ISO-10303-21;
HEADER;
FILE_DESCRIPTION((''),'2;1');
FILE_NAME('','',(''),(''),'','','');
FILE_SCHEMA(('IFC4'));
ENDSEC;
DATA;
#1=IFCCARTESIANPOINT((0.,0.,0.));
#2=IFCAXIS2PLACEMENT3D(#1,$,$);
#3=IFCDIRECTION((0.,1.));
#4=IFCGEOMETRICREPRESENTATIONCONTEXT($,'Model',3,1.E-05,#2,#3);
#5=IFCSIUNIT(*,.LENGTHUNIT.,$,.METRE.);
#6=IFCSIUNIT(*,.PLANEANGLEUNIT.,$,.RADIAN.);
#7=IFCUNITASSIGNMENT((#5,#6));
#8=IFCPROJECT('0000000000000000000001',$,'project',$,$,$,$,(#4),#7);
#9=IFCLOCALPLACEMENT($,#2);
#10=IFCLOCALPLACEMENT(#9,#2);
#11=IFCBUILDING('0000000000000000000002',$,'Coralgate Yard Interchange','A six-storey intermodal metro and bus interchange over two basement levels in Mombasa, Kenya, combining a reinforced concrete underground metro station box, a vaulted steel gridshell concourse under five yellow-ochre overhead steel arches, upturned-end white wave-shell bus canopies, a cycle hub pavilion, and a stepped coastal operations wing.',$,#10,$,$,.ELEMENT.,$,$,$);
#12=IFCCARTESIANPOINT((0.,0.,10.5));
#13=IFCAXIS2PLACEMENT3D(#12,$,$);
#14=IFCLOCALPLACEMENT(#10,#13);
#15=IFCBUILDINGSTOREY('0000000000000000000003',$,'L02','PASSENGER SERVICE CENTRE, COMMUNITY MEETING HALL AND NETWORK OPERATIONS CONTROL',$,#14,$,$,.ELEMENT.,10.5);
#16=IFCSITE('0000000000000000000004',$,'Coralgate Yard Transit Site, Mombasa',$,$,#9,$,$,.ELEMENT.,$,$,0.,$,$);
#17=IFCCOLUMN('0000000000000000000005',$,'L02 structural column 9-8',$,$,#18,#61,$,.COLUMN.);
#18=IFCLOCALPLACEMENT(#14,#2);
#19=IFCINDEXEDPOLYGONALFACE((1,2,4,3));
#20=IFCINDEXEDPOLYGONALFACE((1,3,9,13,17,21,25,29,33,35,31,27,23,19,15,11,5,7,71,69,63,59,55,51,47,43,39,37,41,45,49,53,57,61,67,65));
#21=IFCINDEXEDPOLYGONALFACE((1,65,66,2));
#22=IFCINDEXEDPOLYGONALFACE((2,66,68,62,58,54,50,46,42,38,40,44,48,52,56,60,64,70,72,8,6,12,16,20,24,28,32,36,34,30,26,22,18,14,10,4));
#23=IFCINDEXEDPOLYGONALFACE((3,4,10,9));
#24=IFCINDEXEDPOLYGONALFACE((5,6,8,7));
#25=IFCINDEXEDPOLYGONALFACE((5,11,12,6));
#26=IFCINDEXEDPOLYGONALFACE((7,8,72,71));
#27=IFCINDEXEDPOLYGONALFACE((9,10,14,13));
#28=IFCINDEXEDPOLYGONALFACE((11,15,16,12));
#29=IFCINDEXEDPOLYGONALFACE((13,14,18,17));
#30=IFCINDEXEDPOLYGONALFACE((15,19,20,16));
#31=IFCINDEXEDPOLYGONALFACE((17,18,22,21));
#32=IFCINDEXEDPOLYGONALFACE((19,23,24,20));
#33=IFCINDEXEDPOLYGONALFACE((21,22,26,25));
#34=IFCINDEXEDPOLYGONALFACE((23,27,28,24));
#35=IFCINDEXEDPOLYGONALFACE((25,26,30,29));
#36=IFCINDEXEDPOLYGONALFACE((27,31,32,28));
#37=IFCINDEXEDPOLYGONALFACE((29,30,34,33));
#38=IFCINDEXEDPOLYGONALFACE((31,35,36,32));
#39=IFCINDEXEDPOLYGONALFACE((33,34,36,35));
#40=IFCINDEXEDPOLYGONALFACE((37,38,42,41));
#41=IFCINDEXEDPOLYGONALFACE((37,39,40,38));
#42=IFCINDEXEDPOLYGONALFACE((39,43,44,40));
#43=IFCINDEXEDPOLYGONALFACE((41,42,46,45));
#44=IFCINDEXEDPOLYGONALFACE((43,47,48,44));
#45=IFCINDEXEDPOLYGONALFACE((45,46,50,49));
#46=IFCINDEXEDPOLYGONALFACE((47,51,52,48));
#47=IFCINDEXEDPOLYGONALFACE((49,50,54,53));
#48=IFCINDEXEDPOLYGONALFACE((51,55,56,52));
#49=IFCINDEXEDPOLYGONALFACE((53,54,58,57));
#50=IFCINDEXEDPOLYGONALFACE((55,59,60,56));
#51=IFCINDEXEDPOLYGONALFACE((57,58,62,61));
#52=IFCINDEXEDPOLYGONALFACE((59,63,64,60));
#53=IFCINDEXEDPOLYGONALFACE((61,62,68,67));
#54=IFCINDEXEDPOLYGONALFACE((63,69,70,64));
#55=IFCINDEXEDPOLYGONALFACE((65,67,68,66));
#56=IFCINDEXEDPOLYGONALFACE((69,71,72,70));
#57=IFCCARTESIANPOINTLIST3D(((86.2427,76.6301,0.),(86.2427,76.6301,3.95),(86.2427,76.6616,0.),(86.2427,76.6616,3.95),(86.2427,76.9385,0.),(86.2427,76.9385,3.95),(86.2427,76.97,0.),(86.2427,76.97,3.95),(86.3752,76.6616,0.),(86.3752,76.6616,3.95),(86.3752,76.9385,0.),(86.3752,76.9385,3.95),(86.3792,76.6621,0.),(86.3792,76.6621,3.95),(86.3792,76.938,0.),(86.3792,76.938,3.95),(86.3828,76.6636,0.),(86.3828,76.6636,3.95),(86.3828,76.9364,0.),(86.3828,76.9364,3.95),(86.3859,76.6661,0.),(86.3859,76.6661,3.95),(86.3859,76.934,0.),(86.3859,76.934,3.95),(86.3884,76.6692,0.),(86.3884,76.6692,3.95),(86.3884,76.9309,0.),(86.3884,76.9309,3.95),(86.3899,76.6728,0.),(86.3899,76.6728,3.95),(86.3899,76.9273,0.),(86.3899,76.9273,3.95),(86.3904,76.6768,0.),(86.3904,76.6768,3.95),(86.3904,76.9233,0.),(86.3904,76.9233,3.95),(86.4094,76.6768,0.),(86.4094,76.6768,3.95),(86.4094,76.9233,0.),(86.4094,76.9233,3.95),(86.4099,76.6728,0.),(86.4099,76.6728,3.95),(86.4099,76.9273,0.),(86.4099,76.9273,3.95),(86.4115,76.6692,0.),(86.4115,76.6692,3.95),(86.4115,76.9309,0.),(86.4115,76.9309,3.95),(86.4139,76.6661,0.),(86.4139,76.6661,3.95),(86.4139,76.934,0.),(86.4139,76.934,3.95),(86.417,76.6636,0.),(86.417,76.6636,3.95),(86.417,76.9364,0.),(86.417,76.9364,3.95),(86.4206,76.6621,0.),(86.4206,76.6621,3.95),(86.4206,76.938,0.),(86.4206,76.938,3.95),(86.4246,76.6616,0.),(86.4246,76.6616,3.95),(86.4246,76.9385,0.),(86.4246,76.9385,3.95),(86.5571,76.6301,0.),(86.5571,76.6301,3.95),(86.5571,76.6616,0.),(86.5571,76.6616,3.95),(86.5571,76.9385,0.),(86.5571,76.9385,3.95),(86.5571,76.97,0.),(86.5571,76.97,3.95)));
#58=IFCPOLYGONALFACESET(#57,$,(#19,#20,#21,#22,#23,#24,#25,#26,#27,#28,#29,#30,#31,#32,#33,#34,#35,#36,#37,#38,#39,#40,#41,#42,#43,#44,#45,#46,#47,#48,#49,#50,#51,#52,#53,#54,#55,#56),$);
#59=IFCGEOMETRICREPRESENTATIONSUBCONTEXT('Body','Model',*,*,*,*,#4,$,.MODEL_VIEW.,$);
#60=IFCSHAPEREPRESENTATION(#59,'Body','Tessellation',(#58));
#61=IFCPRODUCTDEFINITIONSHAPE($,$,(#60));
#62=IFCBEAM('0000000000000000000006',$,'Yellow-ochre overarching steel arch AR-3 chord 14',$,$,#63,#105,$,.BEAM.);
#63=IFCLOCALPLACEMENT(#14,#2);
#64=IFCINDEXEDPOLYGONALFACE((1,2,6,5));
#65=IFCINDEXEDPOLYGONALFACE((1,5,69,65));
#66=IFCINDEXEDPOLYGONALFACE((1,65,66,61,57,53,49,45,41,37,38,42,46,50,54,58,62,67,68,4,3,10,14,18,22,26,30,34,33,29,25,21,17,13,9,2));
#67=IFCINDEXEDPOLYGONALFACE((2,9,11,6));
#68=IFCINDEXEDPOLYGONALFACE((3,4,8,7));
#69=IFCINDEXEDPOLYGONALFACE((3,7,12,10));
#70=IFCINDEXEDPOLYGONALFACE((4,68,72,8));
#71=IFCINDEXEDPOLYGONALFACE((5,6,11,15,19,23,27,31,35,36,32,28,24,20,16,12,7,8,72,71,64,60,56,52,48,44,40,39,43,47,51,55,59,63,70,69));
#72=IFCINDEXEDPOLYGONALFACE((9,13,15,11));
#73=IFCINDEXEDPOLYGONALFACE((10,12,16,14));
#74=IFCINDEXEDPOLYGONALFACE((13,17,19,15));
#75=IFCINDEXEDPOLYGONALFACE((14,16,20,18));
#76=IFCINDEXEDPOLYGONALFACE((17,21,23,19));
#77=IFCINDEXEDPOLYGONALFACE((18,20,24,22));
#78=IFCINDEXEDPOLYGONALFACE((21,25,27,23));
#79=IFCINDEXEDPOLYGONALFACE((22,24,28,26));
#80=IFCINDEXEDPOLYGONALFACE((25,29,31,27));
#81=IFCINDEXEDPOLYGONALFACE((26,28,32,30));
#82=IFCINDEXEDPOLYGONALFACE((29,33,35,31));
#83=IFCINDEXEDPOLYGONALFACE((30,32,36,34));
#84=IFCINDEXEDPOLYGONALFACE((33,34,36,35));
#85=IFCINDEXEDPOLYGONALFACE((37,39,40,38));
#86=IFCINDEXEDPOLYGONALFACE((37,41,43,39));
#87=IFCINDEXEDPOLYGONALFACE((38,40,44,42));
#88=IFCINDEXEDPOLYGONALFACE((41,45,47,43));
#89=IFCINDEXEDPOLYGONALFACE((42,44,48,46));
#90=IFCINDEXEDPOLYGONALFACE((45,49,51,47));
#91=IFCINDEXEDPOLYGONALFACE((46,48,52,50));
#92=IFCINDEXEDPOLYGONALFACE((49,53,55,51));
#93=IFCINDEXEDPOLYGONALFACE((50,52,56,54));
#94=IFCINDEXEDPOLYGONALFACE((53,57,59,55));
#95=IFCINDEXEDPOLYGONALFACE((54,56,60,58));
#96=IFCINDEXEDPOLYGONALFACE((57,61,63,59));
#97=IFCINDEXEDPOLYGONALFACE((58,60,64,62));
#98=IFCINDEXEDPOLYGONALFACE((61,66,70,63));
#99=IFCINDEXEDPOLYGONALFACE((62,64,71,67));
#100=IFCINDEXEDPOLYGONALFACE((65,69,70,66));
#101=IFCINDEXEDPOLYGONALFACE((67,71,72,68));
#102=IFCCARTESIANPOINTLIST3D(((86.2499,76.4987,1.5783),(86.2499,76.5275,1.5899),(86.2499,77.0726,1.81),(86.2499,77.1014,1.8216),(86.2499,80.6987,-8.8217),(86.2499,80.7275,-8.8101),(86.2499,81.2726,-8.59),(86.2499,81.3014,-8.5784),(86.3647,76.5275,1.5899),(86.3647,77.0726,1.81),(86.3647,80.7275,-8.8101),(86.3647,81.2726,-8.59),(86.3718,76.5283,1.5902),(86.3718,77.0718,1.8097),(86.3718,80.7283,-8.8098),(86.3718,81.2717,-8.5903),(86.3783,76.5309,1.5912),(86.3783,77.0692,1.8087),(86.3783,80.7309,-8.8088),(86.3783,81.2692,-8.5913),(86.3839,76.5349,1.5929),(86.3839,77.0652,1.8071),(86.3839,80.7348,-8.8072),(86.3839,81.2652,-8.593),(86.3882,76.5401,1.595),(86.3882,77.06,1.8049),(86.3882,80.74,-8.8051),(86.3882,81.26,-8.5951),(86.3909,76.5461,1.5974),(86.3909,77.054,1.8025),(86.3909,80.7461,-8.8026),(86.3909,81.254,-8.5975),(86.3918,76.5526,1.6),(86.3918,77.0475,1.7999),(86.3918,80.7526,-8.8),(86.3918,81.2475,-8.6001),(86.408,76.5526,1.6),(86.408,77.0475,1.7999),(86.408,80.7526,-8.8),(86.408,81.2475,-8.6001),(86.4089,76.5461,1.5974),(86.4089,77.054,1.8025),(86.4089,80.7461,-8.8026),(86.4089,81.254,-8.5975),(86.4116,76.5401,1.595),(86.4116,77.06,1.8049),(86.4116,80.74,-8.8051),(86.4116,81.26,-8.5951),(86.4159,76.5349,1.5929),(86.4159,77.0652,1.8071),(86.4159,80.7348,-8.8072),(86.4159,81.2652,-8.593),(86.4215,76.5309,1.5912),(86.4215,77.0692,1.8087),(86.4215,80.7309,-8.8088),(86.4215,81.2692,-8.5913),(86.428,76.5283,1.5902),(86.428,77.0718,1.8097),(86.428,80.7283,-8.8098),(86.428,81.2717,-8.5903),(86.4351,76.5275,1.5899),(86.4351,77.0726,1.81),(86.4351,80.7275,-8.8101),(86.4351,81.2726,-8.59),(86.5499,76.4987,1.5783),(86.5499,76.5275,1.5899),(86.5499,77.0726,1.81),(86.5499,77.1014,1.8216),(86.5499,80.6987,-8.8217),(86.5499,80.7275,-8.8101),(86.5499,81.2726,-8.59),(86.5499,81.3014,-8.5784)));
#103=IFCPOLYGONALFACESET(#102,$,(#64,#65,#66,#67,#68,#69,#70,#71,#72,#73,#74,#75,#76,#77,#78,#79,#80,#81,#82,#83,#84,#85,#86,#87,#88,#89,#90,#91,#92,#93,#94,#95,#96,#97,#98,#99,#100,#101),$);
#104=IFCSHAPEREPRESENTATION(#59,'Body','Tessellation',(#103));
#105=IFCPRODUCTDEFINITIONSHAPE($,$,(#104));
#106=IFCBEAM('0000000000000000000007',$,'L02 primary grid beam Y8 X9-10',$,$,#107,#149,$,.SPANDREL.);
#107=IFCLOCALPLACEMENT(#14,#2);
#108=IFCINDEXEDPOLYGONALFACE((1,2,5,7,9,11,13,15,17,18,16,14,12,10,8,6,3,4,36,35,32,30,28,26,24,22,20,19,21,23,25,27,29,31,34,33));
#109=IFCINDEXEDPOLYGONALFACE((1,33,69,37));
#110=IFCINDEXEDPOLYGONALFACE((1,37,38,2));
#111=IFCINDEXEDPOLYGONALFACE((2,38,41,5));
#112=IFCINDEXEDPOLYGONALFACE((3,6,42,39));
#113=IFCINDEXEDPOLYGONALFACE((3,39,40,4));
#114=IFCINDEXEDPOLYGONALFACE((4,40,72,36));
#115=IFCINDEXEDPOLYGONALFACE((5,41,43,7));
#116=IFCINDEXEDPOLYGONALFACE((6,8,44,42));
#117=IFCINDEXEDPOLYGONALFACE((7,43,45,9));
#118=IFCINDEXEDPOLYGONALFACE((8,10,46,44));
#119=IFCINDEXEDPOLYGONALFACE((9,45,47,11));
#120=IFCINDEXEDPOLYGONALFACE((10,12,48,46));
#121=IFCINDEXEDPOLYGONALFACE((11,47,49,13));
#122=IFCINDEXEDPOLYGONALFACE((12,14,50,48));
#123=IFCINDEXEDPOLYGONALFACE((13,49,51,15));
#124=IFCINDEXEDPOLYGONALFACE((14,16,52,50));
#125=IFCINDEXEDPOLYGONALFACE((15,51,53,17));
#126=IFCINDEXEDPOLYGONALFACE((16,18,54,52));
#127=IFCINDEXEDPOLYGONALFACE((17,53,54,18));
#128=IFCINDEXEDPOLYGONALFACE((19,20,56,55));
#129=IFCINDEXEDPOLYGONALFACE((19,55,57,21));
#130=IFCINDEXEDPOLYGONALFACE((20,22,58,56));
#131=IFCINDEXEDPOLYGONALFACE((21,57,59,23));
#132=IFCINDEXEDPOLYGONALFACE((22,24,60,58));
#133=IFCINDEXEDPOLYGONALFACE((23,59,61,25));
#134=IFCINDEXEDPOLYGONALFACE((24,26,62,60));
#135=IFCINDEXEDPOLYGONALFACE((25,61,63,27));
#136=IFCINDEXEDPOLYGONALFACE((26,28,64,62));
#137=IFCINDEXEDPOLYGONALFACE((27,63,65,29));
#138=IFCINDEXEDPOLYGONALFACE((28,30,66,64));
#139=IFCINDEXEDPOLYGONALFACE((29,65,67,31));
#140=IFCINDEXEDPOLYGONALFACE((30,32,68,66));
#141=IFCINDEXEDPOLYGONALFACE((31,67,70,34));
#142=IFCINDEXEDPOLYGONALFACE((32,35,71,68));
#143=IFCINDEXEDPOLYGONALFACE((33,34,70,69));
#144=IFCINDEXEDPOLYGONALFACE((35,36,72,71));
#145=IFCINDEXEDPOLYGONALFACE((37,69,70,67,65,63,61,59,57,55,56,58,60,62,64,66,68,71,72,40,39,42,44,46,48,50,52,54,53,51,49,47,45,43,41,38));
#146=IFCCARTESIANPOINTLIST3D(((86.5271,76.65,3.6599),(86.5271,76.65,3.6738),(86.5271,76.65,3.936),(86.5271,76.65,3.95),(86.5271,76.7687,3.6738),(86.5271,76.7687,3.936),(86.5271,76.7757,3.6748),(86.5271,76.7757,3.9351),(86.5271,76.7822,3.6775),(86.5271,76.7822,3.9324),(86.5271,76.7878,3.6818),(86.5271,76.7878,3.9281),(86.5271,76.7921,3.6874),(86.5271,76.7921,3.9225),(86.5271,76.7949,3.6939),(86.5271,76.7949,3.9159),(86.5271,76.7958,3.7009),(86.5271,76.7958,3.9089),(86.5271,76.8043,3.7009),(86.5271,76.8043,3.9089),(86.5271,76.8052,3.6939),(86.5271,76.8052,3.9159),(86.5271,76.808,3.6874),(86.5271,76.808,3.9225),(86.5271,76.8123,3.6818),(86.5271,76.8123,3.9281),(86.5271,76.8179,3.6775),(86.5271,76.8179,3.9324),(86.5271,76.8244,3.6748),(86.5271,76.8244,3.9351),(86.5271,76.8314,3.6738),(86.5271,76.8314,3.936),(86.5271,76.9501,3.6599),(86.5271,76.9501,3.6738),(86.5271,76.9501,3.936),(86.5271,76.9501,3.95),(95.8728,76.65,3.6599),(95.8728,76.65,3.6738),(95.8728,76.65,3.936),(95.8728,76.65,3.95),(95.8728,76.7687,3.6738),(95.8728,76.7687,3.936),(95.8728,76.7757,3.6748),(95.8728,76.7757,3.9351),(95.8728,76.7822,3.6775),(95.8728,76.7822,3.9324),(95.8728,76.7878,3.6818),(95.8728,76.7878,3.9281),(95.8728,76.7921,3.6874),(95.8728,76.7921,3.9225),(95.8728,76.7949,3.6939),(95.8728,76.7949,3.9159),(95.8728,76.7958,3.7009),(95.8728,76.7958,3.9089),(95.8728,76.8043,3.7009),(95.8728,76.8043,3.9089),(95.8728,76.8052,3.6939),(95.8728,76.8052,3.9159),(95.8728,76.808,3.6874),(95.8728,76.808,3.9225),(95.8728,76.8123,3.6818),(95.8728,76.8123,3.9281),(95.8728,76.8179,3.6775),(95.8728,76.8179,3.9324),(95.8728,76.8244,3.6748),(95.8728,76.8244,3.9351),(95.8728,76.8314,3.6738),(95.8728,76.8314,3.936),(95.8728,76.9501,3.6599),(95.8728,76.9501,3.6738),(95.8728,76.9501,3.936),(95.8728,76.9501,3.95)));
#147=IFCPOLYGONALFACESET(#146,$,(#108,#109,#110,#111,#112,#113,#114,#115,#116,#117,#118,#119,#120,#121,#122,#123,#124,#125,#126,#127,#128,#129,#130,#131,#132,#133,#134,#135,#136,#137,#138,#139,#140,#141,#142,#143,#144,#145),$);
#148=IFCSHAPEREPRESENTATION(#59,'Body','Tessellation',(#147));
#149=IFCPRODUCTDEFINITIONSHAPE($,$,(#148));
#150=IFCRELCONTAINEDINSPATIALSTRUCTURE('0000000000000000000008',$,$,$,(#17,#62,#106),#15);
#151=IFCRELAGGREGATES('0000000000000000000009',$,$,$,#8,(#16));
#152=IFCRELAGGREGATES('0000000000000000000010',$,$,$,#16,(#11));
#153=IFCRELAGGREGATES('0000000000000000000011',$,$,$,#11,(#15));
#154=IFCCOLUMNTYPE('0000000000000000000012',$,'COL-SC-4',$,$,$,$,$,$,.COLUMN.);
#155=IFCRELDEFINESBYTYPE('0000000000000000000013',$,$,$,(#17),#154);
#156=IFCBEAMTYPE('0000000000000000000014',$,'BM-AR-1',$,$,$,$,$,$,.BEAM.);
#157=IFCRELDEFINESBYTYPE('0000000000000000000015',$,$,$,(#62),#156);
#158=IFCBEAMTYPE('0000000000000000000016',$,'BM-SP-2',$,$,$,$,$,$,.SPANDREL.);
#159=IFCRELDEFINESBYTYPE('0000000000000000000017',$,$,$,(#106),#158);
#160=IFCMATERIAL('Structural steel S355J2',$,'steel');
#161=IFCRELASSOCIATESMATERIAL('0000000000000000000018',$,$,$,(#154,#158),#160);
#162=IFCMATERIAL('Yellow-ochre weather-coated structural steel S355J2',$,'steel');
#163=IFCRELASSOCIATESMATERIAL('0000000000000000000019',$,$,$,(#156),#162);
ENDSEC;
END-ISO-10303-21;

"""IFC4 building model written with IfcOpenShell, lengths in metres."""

from ifc_helpers import new_model, si_unit, direction, frame, origin, origin_2d, place, context, subcontext, project, spatial, i_section, extrude, material, material_profile, profile_set, type_object, element, save


model = new_model("IFC4")

# Units and contexts
model_context = context("Model", 3, precision=1e-05, world=origin(), true_north=direction((0.0, 1.0)))
body_context = subcontext(model_context, "Body", "Model", "MODEL_VIEW")
ifc_project = project(units=[si_unit("LENGTHUNIT", "METRE"), si_unit("PLANEANGLEUNIT", "RADIAN")], contexts=[model_context])

# Site, building, storey
site_placement = place(None, origin())
site = spatial("IfcSite", under=ifc_project, at=site_placement, Name="Coralgate Yard Transit Site, Mombasa", CompositionType="ELEMENT", RefElevation=0.0)
building_placement = place(site_placement, origin())
building = spatial("IfcBuilding", under=site, at=building_placement, Name="Coralgate Yard Interchange", Description="A six-storey intermodal metro and bus interchange over two basement levels in Mombasa, Kenya, combining a reinforced concrete underground metro station box, a vaulted steel gridshell concourse under five yellow-ochre overhead steel arches, upturned-end white wave-shell bus canopies, a cycle hub pavilion, and a stepped coastal operations wing.", CompositionType="ELEMENT")
storey_placement = place(building_placement, frame((0.0, 0.0, 10.5)))
storey = spatial("IfcBuildingStorey", under=building, at=storey_placement, Name="L02", Description="PASSENGER SERVICE CENTRE, COMMUNITY MEETING HALL AND NETWORK OPERATIONS CONTROL", CompositionType="ELEMENT", Elevation=10.5)

# Column
ifc_material_1 = material(Name="Structural steel S355J2", Category="steel")
ifc_material_profile_1 = material_profile(ifc_material_1, i_section(OverallWidth=0.3145, OverallDepth=0.3398, WebThickness=0.019, FlangeThickness=0.0315, FilletRadius=0.0151, at=origin_2d()), Name="UC 305x305x198")
ifc_profile_set_1 = profile_set([ifc_material_profile_1], Name="Structural steel S355J2")
column_type = type_object("IfcColumnType", Name="COL-SC-4", PredefinedType="COLUMN", material=ifc_profile_set_1)
column_placement = place(storey_placement, frame((86.3999, 76.8, 0.0), z_axis=(0.0, 0.0, 1.0), x_axis=(1.0, 0.0, 0.0)))
element("IfcColumn", 1, at=column_placement, inside=storey, type_object=column_type, Name="L02 structural column 9-8", PredefinedType="COLUMN", context=body_context, shape_type="SweptSolid", body=[
    extrude(i_section(OverallWidth=0.3145, OverallDepth=0.3398, WebThickness=0.019, FlangeThickness=0.0315, FilletRadius=0.0151, at=origin_2d()), origin(), (0.0, 0.0, 1.0), 3.95),
])

# Beams
ifc_material_2 = material(Name="Yellow-ochre weather-coated structural steel S355J2", Category="steel")
ifc_material_profile_2 = material_profile(ifc_material_2, i_section(OverallWidth=0.3, OverallDepth=0.6499, WebThickness=0.0161, FlangeThickness=0.031, FilletRadius=0.0271, at=origin_2d()), Name="HEB 650")
ifc_profile_set_2 = profile_set([ifc_material_profile_2], Name="Yellow-ochre weather-coated structural steel S355J2")
beam_type_1 = type_object("IfcBeamType", Name="BM-AR-1", PredefinedType="BEAM", material=ifc_profile_set_2)
beam_1_placement = place(storey_placement, frame((86.3999, 76.8, 1.7), z_axis=(0.0, 0.374462, -0.927242), x_axis=(-1.0, 0.0, 0.0)))
element("IfcBeam", 2, at=beam_1_placement, inside=storey, type_object=beam_type_1, Name="Yellow-ochre overarching steel arch AR-3 chord 14", PredefinedType="BEAM", context=body_context, shape_type="SweptSolid", body=[
    extrude(i_section(OverallWidth=0.3, OverallDepth=0.6499, WebThickness=0.0161, FlangeThickness=0.031, FilletRadius=0.0271, at=origin_2d()), origin(), (0.0, 0.0, 1.0), 11.2161),
])
ifc_material_profile_3 = material_profile(ifc_material_1, i_section(OverallWidth=0.3, OverallDepth=0.29, WebThickness=0.0085, FlangeThickness=0.0139, FilletRadius=0.0271, at=origin_2d()), Name="HEA 300")
ifc_profile_set_3 = profile_set([ifc_material_profile_3], Name="Structural steel S355J2")
beam_type_2 = type_object("IfcBeamType", Name="BM-SP-2", PredefinedType="SPANDREL", material=ifc_profile_set_3)
beam_2_placement = place(storey_placement, frame((86.5271, 76.8, 3.8049), z_axis=(1.0, 0.0, 0.0), x_axis=(0.0, 1.0, 0.0)))
element("IfcBeam", 3, at=beam_2_placement, inside=storey, type_object=beam_type_2, Name="L02 primary grid beam Y8 X9-10", PredefinedType="SPANDREL", context=body_context, shape_type="SweptSolid", body=[
    extrude(i_section(OverallWidth=0.3, OverallDepth=0.29, WebThickness=0.0085, FlangeThickness=0.0139, FilletRadius=0.0271, at=origin_2d()), origin(), (0.0, 0.0, 1.0), 9.3457),
])

save(model, "model.ifc")
